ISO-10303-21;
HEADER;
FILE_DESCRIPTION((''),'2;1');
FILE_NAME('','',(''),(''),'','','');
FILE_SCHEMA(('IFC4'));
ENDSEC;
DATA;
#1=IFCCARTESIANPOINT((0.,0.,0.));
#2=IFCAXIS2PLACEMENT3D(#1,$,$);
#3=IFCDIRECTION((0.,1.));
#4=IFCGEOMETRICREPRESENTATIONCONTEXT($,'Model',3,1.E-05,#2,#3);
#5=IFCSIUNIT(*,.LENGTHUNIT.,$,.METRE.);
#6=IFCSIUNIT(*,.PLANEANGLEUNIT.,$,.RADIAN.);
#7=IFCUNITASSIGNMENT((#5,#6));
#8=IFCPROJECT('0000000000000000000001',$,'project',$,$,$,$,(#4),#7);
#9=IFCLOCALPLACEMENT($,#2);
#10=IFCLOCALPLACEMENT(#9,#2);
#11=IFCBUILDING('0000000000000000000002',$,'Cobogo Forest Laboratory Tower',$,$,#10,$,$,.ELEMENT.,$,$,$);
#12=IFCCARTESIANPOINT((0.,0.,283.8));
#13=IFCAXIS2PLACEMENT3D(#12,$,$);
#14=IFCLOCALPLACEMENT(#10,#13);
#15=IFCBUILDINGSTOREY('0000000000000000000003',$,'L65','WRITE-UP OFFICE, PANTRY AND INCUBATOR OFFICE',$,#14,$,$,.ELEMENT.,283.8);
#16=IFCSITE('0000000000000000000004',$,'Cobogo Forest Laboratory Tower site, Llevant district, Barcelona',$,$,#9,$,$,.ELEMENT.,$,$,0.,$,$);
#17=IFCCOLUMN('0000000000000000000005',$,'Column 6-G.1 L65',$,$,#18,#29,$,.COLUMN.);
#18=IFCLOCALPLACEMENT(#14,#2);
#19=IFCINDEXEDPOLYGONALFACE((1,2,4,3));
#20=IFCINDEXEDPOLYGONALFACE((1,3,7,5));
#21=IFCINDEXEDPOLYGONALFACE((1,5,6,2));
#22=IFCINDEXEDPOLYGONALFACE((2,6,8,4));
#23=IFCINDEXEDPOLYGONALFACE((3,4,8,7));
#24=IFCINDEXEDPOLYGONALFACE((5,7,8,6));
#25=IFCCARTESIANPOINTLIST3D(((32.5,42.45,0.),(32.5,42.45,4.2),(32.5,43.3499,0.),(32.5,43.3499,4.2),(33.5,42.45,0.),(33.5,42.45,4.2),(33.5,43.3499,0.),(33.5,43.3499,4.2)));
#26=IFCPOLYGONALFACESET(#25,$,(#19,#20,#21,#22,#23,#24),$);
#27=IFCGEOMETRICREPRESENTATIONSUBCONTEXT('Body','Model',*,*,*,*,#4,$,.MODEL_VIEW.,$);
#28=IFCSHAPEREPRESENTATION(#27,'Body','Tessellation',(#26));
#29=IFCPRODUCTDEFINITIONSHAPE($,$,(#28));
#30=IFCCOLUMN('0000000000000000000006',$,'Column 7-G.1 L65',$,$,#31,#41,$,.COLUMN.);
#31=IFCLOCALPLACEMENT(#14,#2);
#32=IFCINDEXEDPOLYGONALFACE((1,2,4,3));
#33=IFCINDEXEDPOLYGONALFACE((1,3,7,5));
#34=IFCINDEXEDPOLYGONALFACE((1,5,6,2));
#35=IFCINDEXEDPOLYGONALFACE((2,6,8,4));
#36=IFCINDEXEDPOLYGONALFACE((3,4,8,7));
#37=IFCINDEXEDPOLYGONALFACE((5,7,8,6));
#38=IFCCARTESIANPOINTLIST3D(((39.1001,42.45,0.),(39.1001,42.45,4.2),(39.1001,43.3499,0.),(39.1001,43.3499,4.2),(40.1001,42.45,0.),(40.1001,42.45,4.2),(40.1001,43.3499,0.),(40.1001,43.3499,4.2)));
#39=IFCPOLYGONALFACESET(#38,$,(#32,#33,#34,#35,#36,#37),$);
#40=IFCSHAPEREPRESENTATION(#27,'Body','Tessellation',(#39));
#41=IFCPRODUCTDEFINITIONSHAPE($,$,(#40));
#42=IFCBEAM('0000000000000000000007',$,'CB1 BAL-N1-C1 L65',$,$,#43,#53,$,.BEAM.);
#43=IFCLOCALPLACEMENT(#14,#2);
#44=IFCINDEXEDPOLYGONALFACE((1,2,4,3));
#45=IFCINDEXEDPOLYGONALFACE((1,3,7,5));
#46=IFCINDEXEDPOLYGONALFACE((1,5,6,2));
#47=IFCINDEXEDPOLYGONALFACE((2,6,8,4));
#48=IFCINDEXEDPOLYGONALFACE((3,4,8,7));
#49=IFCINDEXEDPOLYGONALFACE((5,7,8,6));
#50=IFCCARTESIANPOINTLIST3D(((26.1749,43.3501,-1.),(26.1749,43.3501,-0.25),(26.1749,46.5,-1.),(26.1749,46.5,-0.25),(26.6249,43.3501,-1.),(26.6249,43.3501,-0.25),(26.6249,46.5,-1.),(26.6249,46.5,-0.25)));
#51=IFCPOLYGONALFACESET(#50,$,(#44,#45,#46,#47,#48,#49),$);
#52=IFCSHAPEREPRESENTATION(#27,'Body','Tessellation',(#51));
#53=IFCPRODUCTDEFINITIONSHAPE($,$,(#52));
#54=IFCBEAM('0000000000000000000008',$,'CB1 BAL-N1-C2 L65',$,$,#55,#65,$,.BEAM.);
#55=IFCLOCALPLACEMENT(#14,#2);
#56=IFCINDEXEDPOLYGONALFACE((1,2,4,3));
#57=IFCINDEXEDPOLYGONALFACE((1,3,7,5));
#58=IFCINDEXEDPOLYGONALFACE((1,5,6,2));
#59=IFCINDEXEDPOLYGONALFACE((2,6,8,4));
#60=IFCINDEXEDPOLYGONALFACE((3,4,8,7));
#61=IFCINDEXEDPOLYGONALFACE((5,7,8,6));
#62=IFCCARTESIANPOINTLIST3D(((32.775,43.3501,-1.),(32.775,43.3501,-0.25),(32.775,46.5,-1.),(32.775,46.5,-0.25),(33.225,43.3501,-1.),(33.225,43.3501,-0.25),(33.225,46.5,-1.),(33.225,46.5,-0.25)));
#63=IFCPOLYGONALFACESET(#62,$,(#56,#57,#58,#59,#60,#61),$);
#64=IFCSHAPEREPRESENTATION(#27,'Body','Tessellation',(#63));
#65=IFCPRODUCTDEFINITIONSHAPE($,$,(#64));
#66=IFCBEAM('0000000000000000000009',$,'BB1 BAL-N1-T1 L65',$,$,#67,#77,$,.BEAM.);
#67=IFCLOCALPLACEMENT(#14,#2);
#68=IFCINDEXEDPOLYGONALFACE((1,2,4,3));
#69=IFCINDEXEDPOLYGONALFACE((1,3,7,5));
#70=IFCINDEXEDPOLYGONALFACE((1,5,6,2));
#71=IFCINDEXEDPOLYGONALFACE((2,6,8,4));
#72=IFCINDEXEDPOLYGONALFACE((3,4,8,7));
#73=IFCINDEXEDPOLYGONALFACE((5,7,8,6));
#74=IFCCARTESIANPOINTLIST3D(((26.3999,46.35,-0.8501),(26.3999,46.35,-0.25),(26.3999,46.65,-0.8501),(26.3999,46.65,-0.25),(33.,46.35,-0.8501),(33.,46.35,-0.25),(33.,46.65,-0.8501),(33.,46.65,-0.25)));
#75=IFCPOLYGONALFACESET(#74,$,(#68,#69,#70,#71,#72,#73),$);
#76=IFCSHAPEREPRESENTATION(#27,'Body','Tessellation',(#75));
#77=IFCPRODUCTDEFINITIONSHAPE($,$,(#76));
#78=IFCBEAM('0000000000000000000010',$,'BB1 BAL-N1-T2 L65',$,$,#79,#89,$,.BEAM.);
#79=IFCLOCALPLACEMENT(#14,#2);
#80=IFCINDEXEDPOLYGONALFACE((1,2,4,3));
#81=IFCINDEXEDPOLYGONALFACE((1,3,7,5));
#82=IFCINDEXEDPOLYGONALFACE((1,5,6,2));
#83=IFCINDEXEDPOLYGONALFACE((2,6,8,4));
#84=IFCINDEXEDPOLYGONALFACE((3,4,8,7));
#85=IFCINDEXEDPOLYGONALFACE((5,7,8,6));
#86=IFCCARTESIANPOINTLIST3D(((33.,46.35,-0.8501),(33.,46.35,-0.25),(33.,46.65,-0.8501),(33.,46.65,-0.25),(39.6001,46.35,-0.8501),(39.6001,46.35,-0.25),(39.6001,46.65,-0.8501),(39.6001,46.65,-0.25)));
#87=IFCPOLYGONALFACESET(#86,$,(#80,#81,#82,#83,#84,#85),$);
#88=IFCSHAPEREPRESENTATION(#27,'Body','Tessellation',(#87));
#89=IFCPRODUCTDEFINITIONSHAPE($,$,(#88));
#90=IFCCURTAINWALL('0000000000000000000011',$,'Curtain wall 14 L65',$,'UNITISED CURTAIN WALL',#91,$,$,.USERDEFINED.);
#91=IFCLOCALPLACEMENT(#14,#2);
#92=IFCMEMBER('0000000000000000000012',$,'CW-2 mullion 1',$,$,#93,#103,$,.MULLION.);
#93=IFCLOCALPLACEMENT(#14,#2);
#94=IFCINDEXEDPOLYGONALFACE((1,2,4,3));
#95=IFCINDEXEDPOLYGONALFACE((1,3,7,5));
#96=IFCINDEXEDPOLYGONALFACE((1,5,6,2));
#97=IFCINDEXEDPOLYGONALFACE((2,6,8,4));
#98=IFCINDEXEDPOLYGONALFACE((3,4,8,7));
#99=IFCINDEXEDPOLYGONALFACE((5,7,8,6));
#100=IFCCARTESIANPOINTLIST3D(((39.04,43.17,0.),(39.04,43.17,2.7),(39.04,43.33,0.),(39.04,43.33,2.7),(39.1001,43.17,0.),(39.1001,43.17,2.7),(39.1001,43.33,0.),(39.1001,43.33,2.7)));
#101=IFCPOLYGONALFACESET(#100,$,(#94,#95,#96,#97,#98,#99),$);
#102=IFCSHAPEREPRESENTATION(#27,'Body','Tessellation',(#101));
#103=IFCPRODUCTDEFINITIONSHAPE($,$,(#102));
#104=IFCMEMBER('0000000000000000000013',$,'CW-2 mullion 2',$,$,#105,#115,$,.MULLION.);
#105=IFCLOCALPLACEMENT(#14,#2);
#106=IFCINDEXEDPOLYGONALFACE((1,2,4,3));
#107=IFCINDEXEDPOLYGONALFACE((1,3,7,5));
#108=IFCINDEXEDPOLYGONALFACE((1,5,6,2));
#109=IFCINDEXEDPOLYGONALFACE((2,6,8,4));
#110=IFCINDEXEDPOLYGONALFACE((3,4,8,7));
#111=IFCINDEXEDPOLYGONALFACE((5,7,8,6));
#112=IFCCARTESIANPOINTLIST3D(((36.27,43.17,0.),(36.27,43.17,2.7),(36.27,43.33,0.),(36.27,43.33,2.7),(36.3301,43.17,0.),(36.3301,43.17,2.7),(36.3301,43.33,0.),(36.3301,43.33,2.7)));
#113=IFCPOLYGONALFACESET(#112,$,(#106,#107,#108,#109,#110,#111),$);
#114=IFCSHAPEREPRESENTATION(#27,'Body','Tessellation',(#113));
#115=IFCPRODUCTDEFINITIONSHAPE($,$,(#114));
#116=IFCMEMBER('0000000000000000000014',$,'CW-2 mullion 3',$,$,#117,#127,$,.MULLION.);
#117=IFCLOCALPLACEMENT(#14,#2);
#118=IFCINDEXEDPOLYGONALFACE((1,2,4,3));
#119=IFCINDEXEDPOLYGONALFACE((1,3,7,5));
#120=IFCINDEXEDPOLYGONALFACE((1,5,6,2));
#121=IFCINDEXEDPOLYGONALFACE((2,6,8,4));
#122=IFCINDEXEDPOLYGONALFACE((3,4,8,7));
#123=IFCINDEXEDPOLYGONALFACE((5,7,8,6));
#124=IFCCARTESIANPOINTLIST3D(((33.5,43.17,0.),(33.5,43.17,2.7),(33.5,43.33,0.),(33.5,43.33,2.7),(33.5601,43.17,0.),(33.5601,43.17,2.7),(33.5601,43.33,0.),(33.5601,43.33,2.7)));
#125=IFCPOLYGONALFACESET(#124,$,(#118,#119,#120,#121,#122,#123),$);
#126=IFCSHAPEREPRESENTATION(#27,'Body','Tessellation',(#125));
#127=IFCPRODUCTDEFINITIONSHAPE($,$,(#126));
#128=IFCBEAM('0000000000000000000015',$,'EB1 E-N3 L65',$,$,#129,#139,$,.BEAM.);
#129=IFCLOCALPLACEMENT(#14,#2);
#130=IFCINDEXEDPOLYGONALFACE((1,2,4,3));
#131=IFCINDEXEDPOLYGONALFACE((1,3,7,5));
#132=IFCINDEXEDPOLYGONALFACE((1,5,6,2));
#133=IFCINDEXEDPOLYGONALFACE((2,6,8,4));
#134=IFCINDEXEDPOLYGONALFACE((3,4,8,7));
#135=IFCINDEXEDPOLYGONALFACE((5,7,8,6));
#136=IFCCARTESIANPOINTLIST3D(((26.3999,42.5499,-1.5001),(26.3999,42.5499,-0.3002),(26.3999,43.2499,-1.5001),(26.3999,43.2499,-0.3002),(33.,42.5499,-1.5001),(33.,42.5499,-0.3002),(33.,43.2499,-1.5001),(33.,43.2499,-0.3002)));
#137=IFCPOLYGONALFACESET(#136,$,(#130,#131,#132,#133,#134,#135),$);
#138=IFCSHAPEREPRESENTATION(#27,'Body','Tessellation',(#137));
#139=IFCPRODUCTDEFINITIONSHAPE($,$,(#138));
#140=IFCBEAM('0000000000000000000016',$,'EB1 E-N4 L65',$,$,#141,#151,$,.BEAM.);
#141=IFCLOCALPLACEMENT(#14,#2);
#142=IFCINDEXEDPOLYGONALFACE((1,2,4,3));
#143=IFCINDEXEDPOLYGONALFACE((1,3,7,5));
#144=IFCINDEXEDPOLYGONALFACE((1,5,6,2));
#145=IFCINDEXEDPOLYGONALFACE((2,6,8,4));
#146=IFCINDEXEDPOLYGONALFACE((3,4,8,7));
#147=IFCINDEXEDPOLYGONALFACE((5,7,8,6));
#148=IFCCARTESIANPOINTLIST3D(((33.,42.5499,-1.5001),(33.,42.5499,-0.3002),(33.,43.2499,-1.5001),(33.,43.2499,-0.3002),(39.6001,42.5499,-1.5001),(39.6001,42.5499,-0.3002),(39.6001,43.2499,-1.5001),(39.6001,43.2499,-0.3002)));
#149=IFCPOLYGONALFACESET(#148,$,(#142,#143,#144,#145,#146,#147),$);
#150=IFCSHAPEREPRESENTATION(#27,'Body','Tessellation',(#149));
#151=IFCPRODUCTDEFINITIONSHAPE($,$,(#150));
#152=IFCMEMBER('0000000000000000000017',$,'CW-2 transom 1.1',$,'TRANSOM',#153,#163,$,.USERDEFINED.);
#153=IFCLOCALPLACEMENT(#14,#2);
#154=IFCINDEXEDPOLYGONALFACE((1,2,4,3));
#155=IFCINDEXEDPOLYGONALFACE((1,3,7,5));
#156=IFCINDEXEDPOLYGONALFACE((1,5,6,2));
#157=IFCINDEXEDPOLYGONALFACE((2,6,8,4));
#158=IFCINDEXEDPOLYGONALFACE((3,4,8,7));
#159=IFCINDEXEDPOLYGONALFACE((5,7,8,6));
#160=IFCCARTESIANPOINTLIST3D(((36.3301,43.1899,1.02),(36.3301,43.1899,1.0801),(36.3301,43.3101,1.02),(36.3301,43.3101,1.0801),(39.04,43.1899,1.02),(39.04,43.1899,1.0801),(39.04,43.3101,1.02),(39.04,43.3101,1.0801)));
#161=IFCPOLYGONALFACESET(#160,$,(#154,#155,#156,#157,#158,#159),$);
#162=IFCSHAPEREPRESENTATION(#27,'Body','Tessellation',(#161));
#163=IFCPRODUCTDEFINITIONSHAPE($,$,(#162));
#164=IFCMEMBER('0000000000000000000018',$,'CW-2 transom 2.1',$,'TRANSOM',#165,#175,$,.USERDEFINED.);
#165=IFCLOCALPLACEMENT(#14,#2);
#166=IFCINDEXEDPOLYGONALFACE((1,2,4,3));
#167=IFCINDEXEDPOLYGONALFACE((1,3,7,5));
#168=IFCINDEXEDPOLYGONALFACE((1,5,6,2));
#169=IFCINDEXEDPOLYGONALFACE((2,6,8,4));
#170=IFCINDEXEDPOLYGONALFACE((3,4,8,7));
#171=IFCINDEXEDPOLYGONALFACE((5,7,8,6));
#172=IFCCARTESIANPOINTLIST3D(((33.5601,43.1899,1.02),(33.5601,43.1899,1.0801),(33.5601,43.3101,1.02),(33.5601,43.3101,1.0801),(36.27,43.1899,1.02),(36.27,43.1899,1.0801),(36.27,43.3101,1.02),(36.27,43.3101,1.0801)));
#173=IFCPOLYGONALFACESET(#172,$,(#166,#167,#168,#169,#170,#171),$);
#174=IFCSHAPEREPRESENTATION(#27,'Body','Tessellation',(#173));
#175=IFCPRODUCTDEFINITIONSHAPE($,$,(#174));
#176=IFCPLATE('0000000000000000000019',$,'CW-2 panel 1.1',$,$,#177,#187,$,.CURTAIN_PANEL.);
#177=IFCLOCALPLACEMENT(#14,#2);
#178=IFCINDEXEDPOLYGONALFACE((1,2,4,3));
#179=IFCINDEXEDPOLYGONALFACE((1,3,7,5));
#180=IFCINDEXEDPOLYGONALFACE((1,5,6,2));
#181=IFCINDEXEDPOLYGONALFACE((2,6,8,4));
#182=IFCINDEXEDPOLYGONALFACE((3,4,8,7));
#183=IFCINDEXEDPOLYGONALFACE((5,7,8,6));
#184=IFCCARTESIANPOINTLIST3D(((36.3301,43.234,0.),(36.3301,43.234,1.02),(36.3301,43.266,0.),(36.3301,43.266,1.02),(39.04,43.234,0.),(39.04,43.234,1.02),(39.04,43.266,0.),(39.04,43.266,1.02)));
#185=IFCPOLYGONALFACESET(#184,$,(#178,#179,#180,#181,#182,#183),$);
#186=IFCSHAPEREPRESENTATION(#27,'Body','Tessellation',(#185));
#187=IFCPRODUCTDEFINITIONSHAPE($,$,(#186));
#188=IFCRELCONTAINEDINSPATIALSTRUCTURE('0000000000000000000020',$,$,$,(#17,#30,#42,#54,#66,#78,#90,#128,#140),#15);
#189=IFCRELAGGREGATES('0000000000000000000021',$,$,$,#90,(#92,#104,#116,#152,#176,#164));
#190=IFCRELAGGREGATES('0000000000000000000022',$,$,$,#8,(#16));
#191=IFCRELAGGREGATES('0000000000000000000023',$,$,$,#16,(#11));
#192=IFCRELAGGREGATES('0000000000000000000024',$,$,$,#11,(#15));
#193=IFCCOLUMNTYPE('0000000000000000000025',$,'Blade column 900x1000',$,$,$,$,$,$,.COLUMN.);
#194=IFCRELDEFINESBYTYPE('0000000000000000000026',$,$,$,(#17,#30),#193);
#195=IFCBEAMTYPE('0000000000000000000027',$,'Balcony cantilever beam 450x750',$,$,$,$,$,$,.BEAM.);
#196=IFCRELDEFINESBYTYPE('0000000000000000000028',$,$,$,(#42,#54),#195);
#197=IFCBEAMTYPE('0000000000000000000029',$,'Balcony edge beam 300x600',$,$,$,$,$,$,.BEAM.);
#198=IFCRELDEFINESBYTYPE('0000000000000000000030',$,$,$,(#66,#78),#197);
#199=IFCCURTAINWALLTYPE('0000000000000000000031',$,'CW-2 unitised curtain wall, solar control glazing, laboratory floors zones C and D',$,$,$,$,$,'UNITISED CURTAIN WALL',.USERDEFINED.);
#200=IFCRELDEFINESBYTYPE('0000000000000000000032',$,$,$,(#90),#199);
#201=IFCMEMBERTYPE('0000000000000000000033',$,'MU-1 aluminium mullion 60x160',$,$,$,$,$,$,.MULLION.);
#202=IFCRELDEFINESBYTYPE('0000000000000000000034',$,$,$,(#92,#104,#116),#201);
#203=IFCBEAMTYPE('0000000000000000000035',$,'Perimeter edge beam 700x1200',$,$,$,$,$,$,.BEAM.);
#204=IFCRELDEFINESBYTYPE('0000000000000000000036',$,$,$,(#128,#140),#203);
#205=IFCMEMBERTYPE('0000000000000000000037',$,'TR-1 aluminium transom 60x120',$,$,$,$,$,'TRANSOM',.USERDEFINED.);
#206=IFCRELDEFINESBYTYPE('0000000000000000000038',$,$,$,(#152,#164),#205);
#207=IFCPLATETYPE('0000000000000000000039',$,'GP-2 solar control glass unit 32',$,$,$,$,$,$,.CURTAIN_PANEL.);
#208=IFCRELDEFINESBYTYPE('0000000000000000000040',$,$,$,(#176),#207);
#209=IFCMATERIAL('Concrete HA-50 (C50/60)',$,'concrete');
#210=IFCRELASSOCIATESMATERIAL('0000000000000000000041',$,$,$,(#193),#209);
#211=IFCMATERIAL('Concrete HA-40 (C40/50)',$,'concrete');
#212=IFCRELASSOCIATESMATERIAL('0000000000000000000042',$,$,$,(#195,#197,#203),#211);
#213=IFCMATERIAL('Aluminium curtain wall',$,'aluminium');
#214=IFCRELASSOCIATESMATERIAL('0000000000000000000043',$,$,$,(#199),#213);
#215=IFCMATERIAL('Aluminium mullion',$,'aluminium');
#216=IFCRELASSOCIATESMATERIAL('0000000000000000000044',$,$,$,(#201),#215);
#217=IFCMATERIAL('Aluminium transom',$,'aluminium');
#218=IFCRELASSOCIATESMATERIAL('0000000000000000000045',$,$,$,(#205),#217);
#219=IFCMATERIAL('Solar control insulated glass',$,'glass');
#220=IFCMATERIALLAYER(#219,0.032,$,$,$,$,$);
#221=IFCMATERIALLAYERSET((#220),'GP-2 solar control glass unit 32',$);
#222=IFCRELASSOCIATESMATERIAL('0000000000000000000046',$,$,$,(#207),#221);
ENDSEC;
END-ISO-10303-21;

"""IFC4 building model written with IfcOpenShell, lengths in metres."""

from ifc_helpers import new_model, si_unit, direction, frame, origin, origin_2d, place, context, subcontext, project, spatial, rectangle, extrude, material, layer, layer_set, material_profile, profile_set, type_object, element, aggregate, save


model = new_model("IFC4")

# Units and contexts
model_context = context("Model", 3, precision=1e-05, world=origin(), true_north=direction((0.0, 1.0)))
body_context = subcontext(model_context, "Body", "Model", "MODEL_VIEW")
ifc_project = project(units=[si_unit("LENGTHUNIT", "METRE"), si_unit("PLANEANGLEUNIT", "RADIAN")], contexts=[model_context])

# Site, building, storey
site_placement = place(None, origin())
site = spatial("IfcSite", under=ifc_project, at=site_placement, Name="Cobogo Forest Laboratory Tower site, Llevant district, Barcelona", CompositionType="ELEMENT", RefElevation=0.0)
building_placement = place(site_placement, origin())
building = spatial("IfcBuilding", under=site, at=building_placement, Name="Cobogo Forest Laboratory Tower", CompositionType="ELEMENT")
storey_placement = place(building_placement, frame((0.0, 0.0, 283.8)))
storey = spatial("IfcBuildingStorey", under=building, at=storey_placement, Name="L65", Description="WRITE-UP OFFICE, PANTRY AND INCUBATOR OFFICE", CompositionType="ELEMENT", Elevation=283.8)

# Columns
ifc_material_1 = material(Name="Concrete HA-50 (C50/60)", Category="concrete")
ifc_material_profile_1 = material_profile(ifc_material_1, rectangle(XDim=1.0, YDim=0.8999, at=origin_2d()), Name="RC 900x1000")
ifc_profile_set_1 = profile_set([ifc_material_profile_1], Name="Concrete HA-50 (C50/60)")
column_type = type_object("IfcColumnType", Name="Blade column 900x1000", PredefinedType="COLUMN", material=ifc_profile_set_1)
for number, where, z_axis, x_axis, name in (
    (1, (33.0, 42.8999, 0.0), (0.0, 0.0, 1.0), (1.0, 0.0, 0.0), "Column 6-G.1 L65"),
    (2, (39.6001, 42.8999, 0.0), (0.0, 0.0, 1.0), (1.0, 0.0, 0.0), "Column 7-G.1 L65"),
):
    element("IfcColumn", number, at=place(storey_placement, frame(where, z_axis=z_axis, x_axis=x_axis)), inside=storey, type_object=column_type, Name=name, PredefinedType="COLUMN", context=body_context, shape_type="SweptSolid", body=[
        extrude(rectangle(XDim=1.0, YDim=0.8999, at=origin_2d()), origin(), (0.0, 0.0, 1.0), 4.2),
    ])

# Beams
ifc_material_2 = material(Name="Concrete HA-40 (C40/50)", Category="concrete")
ifc_material_profile_2 = material_profile(ifc_material_2, rectangle(XDim=0.45, YDim=0.75, at=origin_2d()), Name="RC 450x750")
ifc_profile_set_2 = profile_set([ifc_material_profile_2], Name="Concrete HA-40 (C40/50)")
beam_type_1 = type_object("IfcBeamType", Name="Balcony cantilever beam 450x750", PredefinedType="BEAM", material=ifc_profile_set_2)
for number, where, z_axis, x_axis, name in (
    (3, (26.3999, 43.3501, -0.625), (0.0, 1.0, 0.0), (-1.0, 0.0, 0.0), "CB1 BAL-N1-C1 L65"),
    (4, (33.0, 43.3501, -0.625), (0.0, 1.0, 0.0), (-1.0, 0.0, 0.0), "CB1 BAL-N1-C2 L65"),
):
    element("IfcBeam", number, at=place(storey_placement, frame(where, z_axis=z_axis, x_axis=x_axis)), inside=storey, type_object=beam_type_1, Name=name, PredefinedType="BEAM", context=body_context, shape_type="SweptSolid", body=[
        extrude(rectangle(XDim=0.45, YDim=0.75, at=origin_2d()), origin(), (0.0, 0.0, 1.0), 3.1499),
    ])
ifc_material_profile_3 = material_profile(ifc_material_2, rectangle(XDim=0.3, YDim=0.6001, at=origin_2d()), Name="RC 300x600")
ifc_profile_set_3 = profile_set([ifc_material_profile_3], Name="Concrete HA-40 (C40/50)")
beam_type_2 = type_object("IfcBeamType", Name="Balcony edge beam 300x600", PredefinedType="BEAM", material=ifc_profile_set_3)
for number, where, z_axis, x_axis, name in (
    (5, (26.3999, 46.5, -0.55), (1.0, 0.0, 0.0), (0.0, 1.0, 0.0), "BB1 BAL-N1-T1 L65"),
    (6, (33.0, 46.5, -0.55), (1.0, 0.0, 0.0), (0.0, 1.0, 0.0), "BB1 BAL-N1-T2 L65"),
):
    element("IfcBeam", number, at=place(storey_placement, frame(where, z_axis=z_axis, x_axis=x_axis)), inside=storey, type_object=beam_type_2, Name=name, PredefinedType="BEAM", context=body_context, shape_type="SweptSolid", body=[
        extrude(rectangle(XDim=0.3, YDim=0.6001, at=origin_2d()), origin(), (0.0, 0.0, 1.0), 6.6001),
    ])

# Curtain wall, members
ifc_material_3 = material(Name="Aluminium curtain wall", Category="aluminium")
curtain_wall_type = type_object("IfcCurtainWallType", Name="CW-2 unitised curtain wall, solar control glazing, laboratory floors zones C and D", ElementType="UNITISED CURTAIN WALL", PredefinedType="USERDEFINED", material=ifc_material_3)
curtain_wall_placement = place(storey_placement, origin())
curtain_wall = element("IfcCurtainWall", 7, at=curtain_wall_placement, inside=storey, type_object=curtain_wall_type, Name="Curtain wall 14 L65", ObjectType="UNITISED CURTAIN WALL", PredefinedType="USERDEFINED")
ifc_material_4 = material(Name="Aluminium mullion", Category="aluminium")
ifc_material_profile_4 = material_profile(ifc_material_4, rectangle(XDim=0.0601, YDim=0.1599, at=origin_2d()), Name="AL 60x160")
ifc_profile_set_4 = profile_set([ifc_material_profile_4], Name="Aluminium mullion")
member_type_1 = type_object("IfcMemberType", Name="MU-1 aluminium mullion 60x160", PredefinedType="MULLION", material=ifc_profile_set_4)
member_1_placement = place(storey_placement, frame((39.0701, 43.25, 0.0), z_axis=(0.0, 0.0, 1.0), x_axis=(-1.0, 0.0, 0.0)))
member_1 = element("IfcMember", 8, at=member_1_placement, type_object=member_type_1, Name="CW-2 mullion 1", PredefinedType="MULLION", context=body_context, shape_type="SweptSolid", body=[
    extrude(rectangle(XDim=0.0601, YDim=0.1599, at=origin_2d()), origin(), (0.0, 0.0, 1.0), 2.7),
])
member_2_placement = place(storey_placement, frame((36.3, 43.25, 0.0), z_axis=(0.0, 0.0, 1.0), x_axis=(-1.0, 0.0, 0.0)))
member_2 = element("IfcMember", 9, at=member_2_placement, type_object=member_type_1, Name="CW-2 mullion 2", PredefinedType="MULLION", context=body_context, shape_type="SweptSolid", body=[
    extrude(rectangle(XDim=0.0601, YDim=0.1599, at=origin_2d()), origin(), (0.0, 0.0, 1.0), 2.7),
])
member_3_placement = place(storey_placement, frame((33.53, 43.25, 0.0), z_axis=(0.0, 0.0, 1.0), x_axis=(-1.0, 0.0, 0.0)))
member_3 = element("IfcMember", 10, at=member_3_placement, type_object=member_type_1, Name="CW-2 mullion 3", PredefinedType="MULLION", context=body_context, shape_type="SweptSolid", body=[
    extrude(rectangle(XDim=0.0601, YDim=0.1599, at=origin_2d()), origin(), (0.0, 0.0, 1.0), 2.7),
])

# Beams
ifc_material_profile_5 = material_profile(ifc_material_2, rectangle(XDim=0.7, YDim=1.2, at=origin_2d()), Name="RC 700x1200")
ifc_profile_set_5 = profile_set([ifc_material_profile_5], Name="Concrete HA-40 (C40/50)")
beam_type_3 = type_object("IfcBeamType", Name="Perimeter edge beam 700x1200", PredefinedType="BEAM", material=ifc_profile_set_5)
for number, where, z_axis, x_axis, name in (
    (11, (26.3999, 42.8999, -0.9001), (1.0, 0.0, 0.0), (0.0, 1.0, 0.0), "EB1 E-N3 L65"),
    (12, (33.0, 42.8999, -0.9001), (1.0, 0.0, 0.0), (0.0, 1.0, 0.0), "EB1 E-N4 L65"),
):
    element("IfcBeam", number, at=place(storey_placement, frame(where, z_axis=z_axis, x_axis=x_axis)), inside=storey, type_object=beam_type_3, Name=name, PredefinedType="BEAM", context=body_context, shape_type="SweptSolid", body=[
        extrude(rectangle(XDim=0.7, YDim=1.2, at=origin_2d()), origin(), (0.0, 0.0, 1.0), 6.6001),
    ])

# Members
ifc_material_5 = material(Name="Aluminium transom", Category="aluminium")
ifc_material_profile_6 = material_profile(ifc_material_5, rectangle(XDim=0.1201, YDim=0.0601, at=origin_2d()), Name="AL 60x120")
ifc_profile_set_6 = profile_set([ifc_material_profile_6], Name="Aluminium transom")
member_type_2 = type_object("IfcMemberType", Name="TR-1 aluminium transom 60x120", ElementType="TRANSOM", PredefinedType="USERDEFINED", material=ifc_profile_set_6)
member_4_placement = place(storey_placement, frame((39.04, 43.25, 1.05), z_axis=(-1.0, 0.0, 0.0), x_axis=(0.0, -1.0, 0.0)))
member_4 = element("IfcMember", 13, at=member_4_placement, type_object=member_type_2, Name="CW-2 transom 1.1", ObjectType="TRANSOM", PredefinedType="USERDEFINED", context=body_context, shape_type="SweptSolid", body=[
    extrude(rectangle(XDim=0.1201, YDim=0.0601, at=origin_2d()), origin(), (0.0, 0.0, 1.0), 2.71),
])
member_5_placement = place(storey_placement, frame((36.27, 43.25, 1.05), z_axis=(-1.0, 0.0, 0.0), x_axis=(0.0, -1.0, 0.0)))
member_5 = element("IfcMember", 14, at=member_5_placement, type_object=member_type_2, Name="CW-2 transom 2.1", ObjectType="TRANSOM", PredefinedType="USERDEFINED", context=body_context, shape_type="SweptSolid", body=[
    extrude(rectangle(XDim=0.1201, YDim=0.0601, at=origin_2d()), origin(), (0.0, 0.0, 1.0), 2.71),
])

# Plate
ifc_material_6 = material(Name="Solar control insulated glass", Category="glass")
ifc_layer_1 = layer(ifc_material_6, 0.032)
ifc_layer_set_1 = layer_set([ifc_layer_1], Name="GP-2 solar control glass unit 32")
plate_type = type_object("IfcPlateType", Name="GP-2 solar control glass unit 32", PredefinedType="CURTAIN_PANEL", material=ifc_layer_set_1)
plate_1_placement = place(storey_placement, frame((37.6851, 43.25, 0.0), z_axis=(0.0, 0.0, 1.0), x_axis=(-1.0, 0.0, 0.0)))
plate_1 = element("IfcPlate", 15, at=plate_1_placement, type_object=plate_type, Name="CW-2 panel 1.1", PredefinedType="CURTAIN_PANEL", context=body_context, shape_type="SweptSolid", body=[
    extrude(rectangle(XDim=2.71, YDim=0.032, at=origin_2d()), origin(), (0.0, 0.0, 1.0), 1.02),
])
aggregate(curtain_wall, [member_1, member_2, member_3, member_4, plate_1, member_5])

save(model, "model.ifc")
